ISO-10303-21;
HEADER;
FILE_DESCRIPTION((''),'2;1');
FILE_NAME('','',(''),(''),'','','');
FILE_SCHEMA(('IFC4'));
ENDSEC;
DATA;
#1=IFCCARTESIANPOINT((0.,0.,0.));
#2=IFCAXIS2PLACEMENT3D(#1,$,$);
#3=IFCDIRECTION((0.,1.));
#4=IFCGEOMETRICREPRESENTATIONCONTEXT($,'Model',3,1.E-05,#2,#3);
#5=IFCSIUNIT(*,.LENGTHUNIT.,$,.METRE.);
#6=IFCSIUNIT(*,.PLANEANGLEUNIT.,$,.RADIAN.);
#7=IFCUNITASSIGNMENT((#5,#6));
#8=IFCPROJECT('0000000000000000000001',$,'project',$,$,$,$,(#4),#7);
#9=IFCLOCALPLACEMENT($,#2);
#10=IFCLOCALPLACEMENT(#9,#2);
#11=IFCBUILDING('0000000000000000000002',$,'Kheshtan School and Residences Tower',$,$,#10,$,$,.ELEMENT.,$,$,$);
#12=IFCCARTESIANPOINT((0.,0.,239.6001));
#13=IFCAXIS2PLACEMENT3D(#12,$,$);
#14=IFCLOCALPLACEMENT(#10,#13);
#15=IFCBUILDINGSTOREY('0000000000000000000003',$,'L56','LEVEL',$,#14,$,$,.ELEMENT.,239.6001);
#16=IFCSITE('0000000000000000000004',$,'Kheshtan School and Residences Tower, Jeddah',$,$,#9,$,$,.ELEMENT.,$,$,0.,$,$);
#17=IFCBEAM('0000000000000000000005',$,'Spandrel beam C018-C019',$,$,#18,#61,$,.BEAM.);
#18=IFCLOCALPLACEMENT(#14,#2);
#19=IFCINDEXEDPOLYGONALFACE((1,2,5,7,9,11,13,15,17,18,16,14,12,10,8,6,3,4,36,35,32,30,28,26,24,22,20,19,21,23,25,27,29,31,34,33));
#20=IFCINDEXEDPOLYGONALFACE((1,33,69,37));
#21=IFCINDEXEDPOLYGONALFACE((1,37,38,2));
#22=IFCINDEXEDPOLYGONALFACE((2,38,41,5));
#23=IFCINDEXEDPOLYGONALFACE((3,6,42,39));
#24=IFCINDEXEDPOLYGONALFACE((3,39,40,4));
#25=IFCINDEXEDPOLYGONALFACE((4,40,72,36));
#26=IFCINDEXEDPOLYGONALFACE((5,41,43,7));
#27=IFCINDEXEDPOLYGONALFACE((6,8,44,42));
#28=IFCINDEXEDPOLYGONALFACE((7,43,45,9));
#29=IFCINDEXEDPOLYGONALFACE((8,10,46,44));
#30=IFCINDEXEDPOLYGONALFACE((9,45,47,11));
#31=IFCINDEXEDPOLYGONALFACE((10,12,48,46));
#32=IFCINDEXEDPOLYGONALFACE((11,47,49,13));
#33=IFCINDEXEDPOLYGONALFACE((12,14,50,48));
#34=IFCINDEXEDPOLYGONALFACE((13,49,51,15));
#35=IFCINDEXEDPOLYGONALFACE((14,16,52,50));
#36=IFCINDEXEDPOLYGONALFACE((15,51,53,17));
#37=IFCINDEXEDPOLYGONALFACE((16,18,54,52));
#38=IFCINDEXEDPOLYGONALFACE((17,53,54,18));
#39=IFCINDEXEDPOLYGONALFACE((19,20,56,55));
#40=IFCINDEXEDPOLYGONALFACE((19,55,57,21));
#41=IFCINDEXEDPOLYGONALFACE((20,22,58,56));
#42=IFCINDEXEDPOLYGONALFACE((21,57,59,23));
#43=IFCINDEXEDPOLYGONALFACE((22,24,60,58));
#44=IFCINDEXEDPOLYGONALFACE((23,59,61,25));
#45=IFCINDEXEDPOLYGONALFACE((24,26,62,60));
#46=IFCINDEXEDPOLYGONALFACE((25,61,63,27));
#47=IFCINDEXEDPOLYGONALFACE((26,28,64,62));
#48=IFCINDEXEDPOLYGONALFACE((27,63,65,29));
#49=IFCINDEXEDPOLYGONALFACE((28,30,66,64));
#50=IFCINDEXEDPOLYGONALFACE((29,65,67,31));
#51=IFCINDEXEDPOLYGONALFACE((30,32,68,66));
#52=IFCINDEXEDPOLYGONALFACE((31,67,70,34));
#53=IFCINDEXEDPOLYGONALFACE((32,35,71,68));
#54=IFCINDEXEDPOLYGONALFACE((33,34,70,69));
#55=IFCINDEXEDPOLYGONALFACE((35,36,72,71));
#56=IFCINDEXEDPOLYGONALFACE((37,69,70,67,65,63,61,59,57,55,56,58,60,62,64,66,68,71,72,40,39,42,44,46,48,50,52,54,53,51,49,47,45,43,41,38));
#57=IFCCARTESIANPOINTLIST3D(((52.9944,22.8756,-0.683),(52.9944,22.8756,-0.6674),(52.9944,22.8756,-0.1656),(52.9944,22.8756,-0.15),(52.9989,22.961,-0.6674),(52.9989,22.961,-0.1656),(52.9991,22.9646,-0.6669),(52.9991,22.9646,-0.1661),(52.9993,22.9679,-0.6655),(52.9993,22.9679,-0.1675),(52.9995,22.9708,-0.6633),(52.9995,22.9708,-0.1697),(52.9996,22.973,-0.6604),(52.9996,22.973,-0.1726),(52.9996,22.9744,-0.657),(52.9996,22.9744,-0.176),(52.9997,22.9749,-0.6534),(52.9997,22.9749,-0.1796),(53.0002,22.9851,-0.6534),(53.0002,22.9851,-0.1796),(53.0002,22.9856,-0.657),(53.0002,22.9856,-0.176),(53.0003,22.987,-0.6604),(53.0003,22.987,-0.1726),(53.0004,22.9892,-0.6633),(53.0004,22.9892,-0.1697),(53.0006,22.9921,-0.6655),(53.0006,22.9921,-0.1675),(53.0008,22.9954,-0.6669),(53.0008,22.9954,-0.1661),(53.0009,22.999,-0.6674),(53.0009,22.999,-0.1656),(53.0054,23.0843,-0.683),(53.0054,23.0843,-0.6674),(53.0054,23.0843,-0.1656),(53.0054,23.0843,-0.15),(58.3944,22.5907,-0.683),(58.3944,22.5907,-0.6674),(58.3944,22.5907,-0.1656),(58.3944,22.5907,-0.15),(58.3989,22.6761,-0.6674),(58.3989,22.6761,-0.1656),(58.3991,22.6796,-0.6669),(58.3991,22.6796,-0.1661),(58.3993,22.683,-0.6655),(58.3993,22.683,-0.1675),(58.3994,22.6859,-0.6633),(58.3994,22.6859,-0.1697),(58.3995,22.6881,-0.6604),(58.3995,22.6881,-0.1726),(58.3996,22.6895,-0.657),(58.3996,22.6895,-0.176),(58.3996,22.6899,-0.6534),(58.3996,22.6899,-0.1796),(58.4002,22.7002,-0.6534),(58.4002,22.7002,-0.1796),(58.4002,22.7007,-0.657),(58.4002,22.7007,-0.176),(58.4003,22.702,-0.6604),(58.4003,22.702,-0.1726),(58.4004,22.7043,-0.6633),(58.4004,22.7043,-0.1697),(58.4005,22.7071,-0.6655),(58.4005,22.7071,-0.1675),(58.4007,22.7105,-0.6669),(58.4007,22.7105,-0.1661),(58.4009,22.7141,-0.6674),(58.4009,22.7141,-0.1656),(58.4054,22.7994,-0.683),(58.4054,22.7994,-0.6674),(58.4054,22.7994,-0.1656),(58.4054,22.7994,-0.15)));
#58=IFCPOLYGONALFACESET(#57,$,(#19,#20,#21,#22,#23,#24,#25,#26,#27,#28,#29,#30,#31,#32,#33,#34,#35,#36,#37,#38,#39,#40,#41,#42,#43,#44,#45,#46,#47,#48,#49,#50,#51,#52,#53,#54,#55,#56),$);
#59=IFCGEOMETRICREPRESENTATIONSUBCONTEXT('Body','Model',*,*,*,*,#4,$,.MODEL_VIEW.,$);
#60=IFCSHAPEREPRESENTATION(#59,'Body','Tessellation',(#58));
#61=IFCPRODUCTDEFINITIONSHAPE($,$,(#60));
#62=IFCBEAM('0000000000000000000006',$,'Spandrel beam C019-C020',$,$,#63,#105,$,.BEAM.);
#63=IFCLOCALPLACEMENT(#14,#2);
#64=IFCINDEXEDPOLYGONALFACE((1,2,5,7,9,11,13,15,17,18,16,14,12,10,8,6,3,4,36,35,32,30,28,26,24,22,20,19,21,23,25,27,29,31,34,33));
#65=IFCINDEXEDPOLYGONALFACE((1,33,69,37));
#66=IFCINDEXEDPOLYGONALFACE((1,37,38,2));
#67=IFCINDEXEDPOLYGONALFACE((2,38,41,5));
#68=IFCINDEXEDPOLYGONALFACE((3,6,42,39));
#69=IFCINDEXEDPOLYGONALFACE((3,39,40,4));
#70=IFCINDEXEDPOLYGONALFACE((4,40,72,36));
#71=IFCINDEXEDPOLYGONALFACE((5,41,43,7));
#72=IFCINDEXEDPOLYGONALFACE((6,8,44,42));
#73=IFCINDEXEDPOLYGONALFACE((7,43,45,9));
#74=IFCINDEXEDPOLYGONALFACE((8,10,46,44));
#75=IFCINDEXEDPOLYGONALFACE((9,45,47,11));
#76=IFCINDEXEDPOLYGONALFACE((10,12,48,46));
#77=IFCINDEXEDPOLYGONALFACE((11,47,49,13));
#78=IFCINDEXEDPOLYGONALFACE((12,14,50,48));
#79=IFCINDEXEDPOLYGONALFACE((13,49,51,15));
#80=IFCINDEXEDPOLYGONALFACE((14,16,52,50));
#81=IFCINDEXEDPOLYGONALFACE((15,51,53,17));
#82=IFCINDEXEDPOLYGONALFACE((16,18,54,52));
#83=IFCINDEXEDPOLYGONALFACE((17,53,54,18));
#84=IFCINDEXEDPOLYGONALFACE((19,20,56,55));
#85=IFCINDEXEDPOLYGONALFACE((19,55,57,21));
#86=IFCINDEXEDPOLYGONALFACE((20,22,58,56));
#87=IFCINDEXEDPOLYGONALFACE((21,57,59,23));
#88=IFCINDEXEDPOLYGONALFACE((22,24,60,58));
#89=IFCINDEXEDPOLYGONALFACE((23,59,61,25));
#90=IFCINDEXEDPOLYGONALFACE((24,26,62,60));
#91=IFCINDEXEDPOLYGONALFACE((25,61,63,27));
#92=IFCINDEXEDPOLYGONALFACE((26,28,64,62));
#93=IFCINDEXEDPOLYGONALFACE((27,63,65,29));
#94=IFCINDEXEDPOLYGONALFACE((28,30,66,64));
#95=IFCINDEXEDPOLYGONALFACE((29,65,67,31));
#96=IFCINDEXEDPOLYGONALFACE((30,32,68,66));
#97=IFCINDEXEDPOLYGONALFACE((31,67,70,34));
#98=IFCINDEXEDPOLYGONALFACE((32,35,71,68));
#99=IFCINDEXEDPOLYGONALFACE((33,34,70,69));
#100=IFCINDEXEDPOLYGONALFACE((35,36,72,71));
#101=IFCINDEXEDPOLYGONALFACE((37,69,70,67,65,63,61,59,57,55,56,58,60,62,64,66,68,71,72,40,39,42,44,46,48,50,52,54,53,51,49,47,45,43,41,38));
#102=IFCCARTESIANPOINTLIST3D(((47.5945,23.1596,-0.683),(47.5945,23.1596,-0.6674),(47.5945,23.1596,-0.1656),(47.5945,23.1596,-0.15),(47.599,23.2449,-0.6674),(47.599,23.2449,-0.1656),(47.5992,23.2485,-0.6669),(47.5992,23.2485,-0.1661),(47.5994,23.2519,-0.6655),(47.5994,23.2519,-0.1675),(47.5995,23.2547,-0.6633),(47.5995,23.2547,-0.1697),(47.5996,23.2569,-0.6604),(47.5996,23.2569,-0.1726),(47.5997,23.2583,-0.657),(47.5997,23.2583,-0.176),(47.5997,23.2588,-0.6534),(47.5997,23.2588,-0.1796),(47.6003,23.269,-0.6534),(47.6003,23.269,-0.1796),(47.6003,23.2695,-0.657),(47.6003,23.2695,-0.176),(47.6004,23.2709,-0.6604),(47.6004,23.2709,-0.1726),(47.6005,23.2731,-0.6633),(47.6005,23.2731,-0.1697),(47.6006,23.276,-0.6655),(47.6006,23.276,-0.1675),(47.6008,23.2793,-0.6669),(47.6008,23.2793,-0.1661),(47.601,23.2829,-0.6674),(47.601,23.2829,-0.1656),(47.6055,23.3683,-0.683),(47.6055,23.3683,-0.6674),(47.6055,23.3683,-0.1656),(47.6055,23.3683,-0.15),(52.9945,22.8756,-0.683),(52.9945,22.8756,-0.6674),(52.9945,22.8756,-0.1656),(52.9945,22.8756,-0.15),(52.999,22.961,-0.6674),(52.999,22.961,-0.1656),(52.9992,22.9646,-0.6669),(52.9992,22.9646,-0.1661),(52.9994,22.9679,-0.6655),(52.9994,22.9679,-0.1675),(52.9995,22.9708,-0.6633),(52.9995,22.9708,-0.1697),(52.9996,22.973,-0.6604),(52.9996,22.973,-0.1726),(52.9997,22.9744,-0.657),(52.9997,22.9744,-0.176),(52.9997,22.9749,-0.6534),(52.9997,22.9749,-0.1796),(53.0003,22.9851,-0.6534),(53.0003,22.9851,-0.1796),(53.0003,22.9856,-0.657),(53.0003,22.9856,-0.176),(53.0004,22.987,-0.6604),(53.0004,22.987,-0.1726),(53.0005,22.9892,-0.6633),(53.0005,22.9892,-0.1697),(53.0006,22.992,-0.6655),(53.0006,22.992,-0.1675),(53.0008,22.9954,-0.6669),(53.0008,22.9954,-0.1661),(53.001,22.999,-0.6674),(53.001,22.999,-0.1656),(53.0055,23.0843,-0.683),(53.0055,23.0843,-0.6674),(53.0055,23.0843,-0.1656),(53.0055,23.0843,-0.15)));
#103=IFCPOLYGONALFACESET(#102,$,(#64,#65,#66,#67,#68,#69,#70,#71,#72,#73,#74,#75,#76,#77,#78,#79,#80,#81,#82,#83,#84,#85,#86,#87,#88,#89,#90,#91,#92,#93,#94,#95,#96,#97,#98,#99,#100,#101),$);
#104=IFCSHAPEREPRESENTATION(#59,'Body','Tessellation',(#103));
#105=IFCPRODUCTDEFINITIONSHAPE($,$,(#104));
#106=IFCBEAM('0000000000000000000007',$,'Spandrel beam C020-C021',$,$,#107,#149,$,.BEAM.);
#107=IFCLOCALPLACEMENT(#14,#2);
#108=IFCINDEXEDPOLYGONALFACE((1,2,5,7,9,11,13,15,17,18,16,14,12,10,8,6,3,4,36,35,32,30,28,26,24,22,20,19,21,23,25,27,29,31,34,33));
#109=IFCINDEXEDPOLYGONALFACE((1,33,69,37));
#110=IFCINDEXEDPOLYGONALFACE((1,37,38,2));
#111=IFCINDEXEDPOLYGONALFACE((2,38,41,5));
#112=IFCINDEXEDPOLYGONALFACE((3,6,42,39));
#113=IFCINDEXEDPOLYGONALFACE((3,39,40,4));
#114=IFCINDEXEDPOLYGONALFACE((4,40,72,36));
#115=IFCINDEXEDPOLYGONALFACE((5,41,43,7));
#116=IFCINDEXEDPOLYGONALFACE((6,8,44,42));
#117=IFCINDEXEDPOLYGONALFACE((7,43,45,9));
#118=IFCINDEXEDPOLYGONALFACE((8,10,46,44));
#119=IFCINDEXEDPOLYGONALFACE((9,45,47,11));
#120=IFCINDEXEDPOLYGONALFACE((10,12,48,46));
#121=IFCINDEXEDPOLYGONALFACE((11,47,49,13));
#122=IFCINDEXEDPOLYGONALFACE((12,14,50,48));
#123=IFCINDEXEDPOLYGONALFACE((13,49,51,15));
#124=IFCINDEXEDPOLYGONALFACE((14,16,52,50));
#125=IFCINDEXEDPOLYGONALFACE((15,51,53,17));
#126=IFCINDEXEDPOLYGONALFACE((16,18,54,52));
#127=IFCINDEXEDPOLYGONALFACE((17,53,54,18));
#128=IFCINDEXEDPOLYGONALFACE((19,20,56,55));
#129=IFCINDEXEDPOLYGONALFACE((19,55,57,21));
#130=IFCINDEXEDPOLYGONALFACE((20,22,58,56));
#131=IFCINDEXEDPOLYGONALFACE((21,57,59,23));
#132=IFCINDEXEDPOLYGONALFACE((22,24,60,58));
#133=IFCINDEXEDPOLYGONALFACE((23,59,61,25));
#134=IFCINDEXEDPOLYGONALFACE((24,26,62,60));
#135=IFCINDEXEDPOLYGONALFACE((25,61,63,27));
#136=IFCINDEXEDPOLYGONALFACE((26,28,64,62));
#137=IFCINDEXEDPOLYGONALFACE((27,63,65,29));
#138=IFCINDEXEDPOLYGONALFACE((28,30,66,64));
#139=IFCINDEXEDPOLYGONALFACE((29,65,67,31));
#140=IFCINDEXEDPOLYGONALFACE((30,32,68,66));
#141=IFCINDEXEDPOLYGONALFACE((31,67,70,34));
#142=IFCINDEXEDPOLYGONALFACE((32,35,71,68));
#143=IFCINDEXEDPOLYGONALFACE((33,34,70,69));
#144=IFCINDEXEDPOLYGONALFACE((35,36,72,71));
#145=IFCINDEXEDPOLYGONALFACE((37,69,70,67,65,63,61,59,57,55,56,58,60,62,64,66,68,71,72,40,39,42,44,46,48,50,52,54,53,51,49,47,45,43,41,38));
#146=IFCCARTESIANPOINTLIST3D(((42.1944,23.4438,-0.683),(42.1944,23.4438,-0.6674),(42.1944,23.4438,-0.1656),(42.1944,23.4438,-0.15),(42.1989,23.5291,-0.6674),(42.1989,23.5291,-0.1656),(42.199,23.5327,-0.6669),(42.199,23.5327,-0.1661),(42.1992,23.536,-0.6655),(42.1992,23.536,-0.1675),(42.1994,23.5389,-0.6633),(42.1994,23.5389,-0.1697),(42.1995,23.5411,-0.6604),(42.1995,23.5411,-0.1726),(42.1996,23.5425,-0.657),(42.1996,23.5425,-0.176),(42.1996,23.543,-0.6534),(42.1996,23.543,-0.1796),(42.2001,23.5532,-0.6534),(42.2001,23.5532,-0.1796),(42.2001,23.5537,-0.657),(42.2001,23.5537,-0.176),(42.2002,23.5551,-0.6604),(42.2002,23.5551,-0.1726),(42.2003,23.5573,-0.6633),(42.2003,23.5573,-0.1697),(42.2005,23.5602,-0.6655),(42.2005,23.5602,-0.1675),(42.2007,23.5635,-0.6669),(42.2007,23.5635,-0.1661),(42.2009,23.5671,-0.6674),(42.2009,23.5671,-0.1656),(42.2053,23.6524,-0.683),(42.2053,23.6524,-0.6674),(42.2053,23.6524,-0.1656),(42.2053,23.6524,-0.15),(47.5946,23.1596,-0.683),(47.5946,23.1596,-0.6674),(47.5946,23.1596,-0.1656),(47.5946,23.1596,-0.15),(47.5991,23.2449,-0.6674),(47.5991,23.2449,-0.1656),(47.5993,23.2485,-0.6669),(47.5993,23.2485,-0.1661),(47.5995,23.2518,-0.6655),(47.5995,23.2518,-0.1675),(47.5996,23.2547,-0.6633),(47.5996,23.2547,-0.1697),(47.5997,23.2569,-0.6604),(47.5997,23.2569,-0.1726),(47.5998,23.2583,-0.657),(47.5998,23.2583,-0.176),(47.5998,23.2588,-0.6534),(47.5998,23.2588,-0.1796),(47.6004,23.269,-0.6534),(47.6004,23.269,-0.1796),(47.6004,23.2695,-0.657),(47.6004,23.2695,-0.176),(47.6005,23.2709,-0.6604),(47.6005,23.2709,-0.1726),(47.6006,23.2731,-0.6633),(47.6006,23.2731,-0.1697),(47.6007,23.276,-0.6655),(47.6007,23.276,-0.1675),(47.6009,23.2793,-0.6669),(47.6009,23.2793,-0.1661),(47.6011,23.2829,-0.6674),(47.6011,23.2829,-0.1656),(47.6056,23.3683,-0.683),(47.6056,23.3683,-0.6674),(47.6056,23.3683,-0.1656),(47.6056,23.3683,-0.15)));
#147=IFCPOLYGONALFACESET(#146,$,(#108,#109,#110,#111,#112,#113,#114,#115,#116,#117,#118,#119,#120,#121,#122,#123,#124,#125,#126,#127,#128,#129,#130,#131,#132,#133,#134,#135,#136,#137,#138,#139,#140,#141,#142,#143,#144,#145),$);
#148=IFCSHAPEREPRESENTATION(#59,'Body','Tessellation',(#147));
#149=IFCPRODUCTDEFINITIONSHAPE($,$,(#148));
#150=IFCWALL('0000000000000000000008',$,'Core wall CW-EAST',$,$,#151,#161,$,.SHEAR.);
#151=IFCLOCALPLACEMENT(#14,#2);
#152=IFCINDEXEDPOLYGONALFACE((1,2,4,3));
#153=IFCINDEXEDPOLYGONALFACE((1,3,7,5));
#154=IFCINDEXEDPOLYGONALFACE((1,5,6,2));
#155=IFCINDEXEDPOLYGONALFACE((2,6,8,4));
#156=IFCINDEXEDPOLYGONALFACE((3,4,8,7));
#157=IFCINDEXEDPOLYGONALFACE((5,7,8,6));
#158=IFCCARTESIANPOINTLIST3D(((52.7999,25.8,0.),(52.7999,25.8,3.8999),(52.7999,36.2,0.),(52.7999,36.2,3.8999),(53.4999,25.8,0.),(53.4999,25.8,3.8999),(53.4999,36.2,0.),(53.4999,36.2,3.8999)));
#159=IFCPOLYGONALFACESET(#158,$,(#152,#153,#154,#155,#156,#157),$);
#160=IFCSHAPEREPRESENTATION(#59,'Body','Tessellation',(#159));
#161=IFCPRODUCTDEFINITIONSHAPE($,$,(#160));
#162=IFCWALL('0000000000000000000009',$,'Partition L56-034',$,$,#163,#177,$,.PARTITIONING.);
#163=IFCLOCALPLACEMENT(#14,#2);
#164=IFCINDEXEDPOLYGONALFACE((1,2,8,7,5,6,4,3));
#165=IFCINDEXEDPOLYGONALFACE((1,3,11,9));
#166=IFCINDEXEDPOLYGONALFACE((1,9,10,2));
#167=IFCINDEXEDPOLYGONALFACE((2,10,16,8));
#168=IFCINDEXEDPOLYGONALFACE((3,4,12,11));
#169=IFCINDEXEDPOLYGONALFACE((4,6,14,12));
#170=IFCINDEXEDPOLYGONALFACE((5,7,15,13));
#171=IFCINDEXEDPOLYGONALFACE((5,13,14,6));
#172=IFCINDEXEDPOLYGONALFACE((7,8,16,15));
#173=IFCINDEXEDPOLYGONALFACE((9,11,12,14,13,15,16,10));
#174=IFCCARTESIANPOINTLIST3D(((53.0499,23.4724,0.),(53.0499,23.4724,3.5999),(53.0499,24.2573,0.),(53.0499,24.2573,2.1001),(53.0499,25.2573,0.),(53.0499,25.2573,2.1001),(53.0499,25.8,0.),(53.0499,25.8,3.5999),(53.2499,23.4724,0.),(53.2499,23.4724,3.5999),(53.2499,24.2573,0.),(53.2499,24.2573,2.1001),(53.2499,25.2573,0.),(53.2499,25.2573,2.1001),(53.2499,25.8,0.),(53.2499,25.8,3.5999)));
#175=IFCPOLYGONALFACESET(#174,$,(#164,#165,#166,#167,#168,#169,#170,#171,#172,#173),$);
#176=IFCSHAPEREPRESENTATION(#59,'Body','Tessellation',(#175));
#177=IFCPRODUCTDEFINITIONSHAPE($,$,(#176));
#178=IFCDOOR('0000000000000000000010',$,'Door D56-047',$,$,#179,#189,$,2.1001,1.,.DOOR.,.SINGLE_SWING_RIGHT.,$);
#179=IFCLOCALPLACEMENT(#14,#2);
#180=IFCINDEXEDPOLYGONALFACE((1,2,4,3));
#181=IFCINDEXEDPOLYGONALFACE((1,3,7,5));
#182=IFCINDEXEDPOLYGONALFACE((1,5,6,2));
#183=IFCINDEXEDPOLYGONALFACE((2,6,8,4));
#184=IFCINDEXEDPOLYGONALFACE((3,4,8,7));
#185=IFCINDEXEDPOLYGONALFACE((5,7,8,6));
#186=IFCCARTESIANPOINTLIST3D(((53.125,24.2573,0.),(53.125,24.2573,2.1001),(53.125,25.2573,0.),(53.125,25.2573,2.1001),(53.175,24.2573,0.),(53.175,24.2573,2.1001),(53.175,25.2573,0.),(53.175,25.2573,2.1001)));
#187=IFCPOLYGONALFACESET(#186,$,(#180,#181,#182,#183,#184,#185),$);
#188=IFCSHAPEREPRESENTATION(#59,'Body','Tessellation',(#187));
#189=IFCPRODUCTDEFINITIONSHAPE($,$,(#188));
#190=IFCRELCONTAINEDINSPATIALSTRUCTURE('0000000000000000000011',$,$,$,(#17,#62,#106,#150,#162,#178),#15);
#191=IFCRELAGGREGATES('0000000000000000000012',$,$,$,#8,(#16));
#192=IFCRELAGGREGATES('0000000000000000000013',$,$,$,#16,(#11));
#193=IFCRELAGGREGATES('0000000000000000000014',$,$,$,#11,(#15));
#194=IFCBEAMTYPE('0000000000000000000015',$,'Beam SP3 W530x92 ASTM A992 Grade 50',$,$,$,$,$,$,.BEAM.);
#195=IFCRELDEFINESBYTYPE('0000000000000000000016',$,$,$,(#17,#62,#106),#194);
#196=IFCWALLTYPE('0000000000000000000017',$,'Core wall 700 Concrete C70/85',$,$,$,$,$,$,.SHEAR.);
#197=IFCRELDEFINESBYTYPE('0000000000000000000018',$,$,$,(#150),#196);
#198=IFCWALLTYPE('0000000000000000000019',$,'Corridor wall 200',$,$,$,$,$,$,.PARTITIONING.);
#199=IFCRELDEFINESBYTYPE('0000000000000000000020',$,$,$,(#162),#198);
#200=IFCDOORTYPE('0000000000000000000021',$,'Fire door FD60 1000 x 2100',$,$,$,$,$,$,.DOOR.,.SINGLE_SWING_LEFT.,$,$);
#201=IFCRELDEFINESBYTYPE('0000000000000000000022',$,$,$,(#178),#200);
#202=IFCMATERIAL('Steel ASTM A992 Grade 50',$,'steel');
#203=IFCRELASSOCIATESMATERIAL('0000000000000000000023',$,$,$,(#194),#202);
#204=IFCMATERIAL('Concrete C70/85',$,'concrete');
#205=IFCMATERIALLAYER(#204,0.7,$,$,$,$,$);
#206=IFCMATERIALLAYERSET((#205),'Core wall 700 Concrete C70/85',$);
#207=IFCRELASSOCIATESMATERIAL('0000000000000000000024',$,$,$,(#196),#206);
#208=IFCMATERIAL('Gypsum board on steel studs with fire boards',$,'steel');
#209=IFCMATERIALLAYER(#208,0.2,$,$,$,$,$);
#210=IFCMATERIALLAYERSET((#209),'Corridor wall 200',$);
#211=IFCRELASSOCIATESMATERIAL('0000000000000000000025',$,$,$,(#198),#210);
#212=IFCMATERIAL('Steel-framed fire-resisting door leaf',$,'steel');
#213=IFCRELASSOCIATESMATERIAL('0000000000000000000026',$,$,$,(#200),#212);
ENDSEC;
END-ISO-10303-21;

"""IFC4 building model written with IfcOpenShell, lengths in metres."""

from ifc_helpers import new_model, si_unit, direction, frame, frame_2d, origin, origin_2d, place, context, subcontext, project, spatial, rectangle, i_section, extrude, source, transform, mapped, material, layer, layer_set, material_profile, profile_set, type_object, element, fill, save


model = new_model("IFC4")

# Units and contexts
model_context = context("Model", 3, precision=1e-05, world=origin(), true_north=direction((0.0, 1.0)))
body_context = subcontext(model_context, "Body", "Model", "MODEL_VIEW")
ifc_project = project(units=[si_unit("LENGTHUNIT", "METRE"), si_unit("PLANEANGLEUNIT", "RADIAN")], contexts=[model_context])

# Site, building, storey
site_placement = place(None, origin())
site = spatial("IfcSite", under=ifc_project, at=site_placement, Name="Kheshtan School and Residences Tower, Jeddah", CompositionType="ELEMENT", RefElevation=0.0)
building_placement = place(site_placement, origin())
building = spatial("IfcBuilding", under=site, at=building_placement, Name="Kheshtan School and Residences Tower", CompositionType="ELEMENT")
storey_placement = place(building_placement, frame((0.0, 0.0, 239.6001)))
storey = spatial("IfcBuildingStorey", under=building, at=storey_placement, Name="L56", Description="LEVEL", CompositionType="ELEMENT", Elevation=239.6001)

# Shared definitions
ifc_material_1 = material(Name="Steel ASTM A992 Grade 50", Category="steel")

# Beams
ifc_material_profile_1 = material_profile(ifc_material_1, i_section(OverallWidth=0.209, OverallDepth=0.533, WebThickness=0.0103, FlangeThickness=0.0156, FilletRadius=0.0139, at=origin_2d()), Name="W530x92")
ifc_profile_set_1 = profile_set([ifc_material_profile_1], Name="Steel ASTM A992 Grade 50")
beam_type_1 = type_object("IfcBeamType", Name="Beam SP3 W530x92 ASTM A992 Grade 50", PredefinedType="BEAM", material=ifc_profile_set_1)
for number, where, z_axis, x_axis, name in (
    (1, (58.3999, 22.6951, -0.4165), (-0.998611, 0.052689, 0.0), (-0.052689, -0.998611, 0.0), "Spandrel beam C018-C019"),
    (2, (53.0, 22.98, -0.4165), (-0.99862, 0.052509, 0.0), (-0.052509, -0.99862, 0.0), "Spandrel beam C019-C020"),
):
    element("IfcBeam", number, at=place(storey_placement, frame(where, z_axis=z_axis, x_axis=x_axis)), inside=storey, type_object=beam_type_1, Name=name, PredefinedType="BEAM", context=body_context, shape_type="SweptSolid", body=[
        extrude(i_section(OverallWidth=0.209, OverallDepth=0.533, WebThickness=0.0103, FlangeThickness=0.0156, FilletRadius=0.0139, at=origin_2d()), origin(), (0.0, 0.0, 1.0), 5.4075),
    ])
beam_1_placement = place(storey_placement, frame((47.6001, 23.2639, -0.4165), z_axis=(-0.998618, 0.052552, 0.0), x_axis=(-0.052552, -0.998618, 0.0)))
element("IfcBeam", 3, at=beam_1_placement, inside=storey, type_object=beam_type_1, Name="Spandrel beam C020-C021", PredefinedType="BEAM", context=body_context, shape_type="SweptSolid", body=[
    extrude(i_section(OverallWidth=0.209, OverallDepth=0.533, WebThickness=0.0103, FlangeThickness=0.0156, FilletRadius=0.0139, at=origin_2d()), origin(), (0.0, 0.0, 1.0), 5.4077),
])

# Wall
ifc_material_2 = material(Name="Concrete C70/85", Category="concrete")
ifc_layer_1 = layer(ifc_material_2, 0.7)
ifc_layer_set_1 = layer_set([ifc_layer_1], Name="Core wall 700 Concrete C70/85")
wall_type_1 = type_object("IfcWallType", Name="Core wall 700 Concrete C70/85", PredefinedType="SHEAR", material=ifc_layer_set_1)
wall_1_placement = place(storey_placement, frame((53.1499, 25.8, 0.0), z_axis=(0.0, 0.0, 1.0), x_axis=(0.0, 1.0, 0.0)))
element("IfcWall", 4, at=wall_1_placement, inside=storey, type_object=wall_type_1, Name="Core wall CW-EAST", PredefinedType="SHEAR", context=body_context, shape_type="SweptSolid", body=[
    extrude(rectangle(XDim=10.3999, YDim=0.7, at=frame_2d((5.2, 0.0))), origin(), (0.0, 0.0, 1.0), 3.8999),
])

# Wall, opening, door
ifc_material_3 = material(Name="Gypsum board on steel studs with fire boards", Category="steel")
ifc_layer_2 = layer(ifc_material_3, 0.2)
ifc_layer_set_2 = layer_set([ifc_layer_2], Name="Corridor wall 200")
wall_type_2 = type_object("IfcWallType", Name="Corridor wall 200", PredefinedType="PARTITIONING", material=ifc_layer_set_2)
wall_2_placement = place(storey_placement, frame((53.1499, 23.4724, 0.0), z_axis=(0.0, 0.0, 1.0), x_axis=(0.0, 1.0, 0.0)))
wall_2 = element("IfcWall", 5, at=wall_2_placement, inside=storey, type_object=wall_type_2, Name="Partition L56-034", PredefinedType="PARTITIONING", context=body_context, shape_type="SweptSolid", body=[
    extrude(rectangle(XDim=2.3276, YDim=0.2, at=frame_2d((1.1638, 0.0))), origin(), (0.0, 0.0, 1.0), 3.5999),
])
opening_1_placement = place(wall_2_placement, frame((0.7849, 0.0, 0.0)))
opening_1 = element("IfcOpeningElement", 6, at=opening_1_placement, cuts=wall_2, PredefinedType="OPENING", context=body_context, shape_type="SweptSolid", body=[
    extrude(rectangle(XDim=1.0, YDim=2.1001, at=frame_2d((0.5, 1.05))), frame((0.0, 0.1099, 0.0), z_axis=(0.0, -1.0, 0.0), x_axis=(1.0, 0.0, 0.0)), (0.0, 0.0, 1.0), 0.22),
])
ifc_material_4 = material(Name="Steel-framed fire-resisting door leaf", Category="steel")
door_type_1 = type_object("IfcDoorType", Name="Fire door FD60 1000 x 2100", OperationType="SINGLE_SWING_LEFT", PredefinedType="DOOR", material=ifc_material_4)
shared_shape_1 = source(origin(), body_context, "Body", "SweptSolid", [
    extrude(rectangle(XDim=1.0, YDim=2.1001, at=frame_2d((0.5, 1.05))), frame((0.0, 0.0249, 0.0), z_axis=(0.0, -1.0, 0.0), x_axis=(1.0, 0.0, 0.0)), (0.0, 0.0, 1.0), 0.05),
])
door_1_placement = place(opening_1_placement, origin())
door_1 = element("IfcDoor", 7, at=door_1_placement, inside=storey, type_object=door_type_1, Name="Door D56-047", OperationType="SINGLE_SWING_RIGHT", OverallHeight=2.1001, OverallWidth=1.0, PredefinedType="DOOR", context=body_context, shape_type="MappedRepresentation", body=[
    mapped(shared_shape_1, transform((0.0, 0.0, 0.0), x_axis=(1.0, 0.0, 0.0), y_axis=(0.0, 1.0, 0.0), z_axis=(0.0, 0.0, 1.0), scale=1.0)),
])
fill(opening_1, door_1)

save(model, "model.ifc")
